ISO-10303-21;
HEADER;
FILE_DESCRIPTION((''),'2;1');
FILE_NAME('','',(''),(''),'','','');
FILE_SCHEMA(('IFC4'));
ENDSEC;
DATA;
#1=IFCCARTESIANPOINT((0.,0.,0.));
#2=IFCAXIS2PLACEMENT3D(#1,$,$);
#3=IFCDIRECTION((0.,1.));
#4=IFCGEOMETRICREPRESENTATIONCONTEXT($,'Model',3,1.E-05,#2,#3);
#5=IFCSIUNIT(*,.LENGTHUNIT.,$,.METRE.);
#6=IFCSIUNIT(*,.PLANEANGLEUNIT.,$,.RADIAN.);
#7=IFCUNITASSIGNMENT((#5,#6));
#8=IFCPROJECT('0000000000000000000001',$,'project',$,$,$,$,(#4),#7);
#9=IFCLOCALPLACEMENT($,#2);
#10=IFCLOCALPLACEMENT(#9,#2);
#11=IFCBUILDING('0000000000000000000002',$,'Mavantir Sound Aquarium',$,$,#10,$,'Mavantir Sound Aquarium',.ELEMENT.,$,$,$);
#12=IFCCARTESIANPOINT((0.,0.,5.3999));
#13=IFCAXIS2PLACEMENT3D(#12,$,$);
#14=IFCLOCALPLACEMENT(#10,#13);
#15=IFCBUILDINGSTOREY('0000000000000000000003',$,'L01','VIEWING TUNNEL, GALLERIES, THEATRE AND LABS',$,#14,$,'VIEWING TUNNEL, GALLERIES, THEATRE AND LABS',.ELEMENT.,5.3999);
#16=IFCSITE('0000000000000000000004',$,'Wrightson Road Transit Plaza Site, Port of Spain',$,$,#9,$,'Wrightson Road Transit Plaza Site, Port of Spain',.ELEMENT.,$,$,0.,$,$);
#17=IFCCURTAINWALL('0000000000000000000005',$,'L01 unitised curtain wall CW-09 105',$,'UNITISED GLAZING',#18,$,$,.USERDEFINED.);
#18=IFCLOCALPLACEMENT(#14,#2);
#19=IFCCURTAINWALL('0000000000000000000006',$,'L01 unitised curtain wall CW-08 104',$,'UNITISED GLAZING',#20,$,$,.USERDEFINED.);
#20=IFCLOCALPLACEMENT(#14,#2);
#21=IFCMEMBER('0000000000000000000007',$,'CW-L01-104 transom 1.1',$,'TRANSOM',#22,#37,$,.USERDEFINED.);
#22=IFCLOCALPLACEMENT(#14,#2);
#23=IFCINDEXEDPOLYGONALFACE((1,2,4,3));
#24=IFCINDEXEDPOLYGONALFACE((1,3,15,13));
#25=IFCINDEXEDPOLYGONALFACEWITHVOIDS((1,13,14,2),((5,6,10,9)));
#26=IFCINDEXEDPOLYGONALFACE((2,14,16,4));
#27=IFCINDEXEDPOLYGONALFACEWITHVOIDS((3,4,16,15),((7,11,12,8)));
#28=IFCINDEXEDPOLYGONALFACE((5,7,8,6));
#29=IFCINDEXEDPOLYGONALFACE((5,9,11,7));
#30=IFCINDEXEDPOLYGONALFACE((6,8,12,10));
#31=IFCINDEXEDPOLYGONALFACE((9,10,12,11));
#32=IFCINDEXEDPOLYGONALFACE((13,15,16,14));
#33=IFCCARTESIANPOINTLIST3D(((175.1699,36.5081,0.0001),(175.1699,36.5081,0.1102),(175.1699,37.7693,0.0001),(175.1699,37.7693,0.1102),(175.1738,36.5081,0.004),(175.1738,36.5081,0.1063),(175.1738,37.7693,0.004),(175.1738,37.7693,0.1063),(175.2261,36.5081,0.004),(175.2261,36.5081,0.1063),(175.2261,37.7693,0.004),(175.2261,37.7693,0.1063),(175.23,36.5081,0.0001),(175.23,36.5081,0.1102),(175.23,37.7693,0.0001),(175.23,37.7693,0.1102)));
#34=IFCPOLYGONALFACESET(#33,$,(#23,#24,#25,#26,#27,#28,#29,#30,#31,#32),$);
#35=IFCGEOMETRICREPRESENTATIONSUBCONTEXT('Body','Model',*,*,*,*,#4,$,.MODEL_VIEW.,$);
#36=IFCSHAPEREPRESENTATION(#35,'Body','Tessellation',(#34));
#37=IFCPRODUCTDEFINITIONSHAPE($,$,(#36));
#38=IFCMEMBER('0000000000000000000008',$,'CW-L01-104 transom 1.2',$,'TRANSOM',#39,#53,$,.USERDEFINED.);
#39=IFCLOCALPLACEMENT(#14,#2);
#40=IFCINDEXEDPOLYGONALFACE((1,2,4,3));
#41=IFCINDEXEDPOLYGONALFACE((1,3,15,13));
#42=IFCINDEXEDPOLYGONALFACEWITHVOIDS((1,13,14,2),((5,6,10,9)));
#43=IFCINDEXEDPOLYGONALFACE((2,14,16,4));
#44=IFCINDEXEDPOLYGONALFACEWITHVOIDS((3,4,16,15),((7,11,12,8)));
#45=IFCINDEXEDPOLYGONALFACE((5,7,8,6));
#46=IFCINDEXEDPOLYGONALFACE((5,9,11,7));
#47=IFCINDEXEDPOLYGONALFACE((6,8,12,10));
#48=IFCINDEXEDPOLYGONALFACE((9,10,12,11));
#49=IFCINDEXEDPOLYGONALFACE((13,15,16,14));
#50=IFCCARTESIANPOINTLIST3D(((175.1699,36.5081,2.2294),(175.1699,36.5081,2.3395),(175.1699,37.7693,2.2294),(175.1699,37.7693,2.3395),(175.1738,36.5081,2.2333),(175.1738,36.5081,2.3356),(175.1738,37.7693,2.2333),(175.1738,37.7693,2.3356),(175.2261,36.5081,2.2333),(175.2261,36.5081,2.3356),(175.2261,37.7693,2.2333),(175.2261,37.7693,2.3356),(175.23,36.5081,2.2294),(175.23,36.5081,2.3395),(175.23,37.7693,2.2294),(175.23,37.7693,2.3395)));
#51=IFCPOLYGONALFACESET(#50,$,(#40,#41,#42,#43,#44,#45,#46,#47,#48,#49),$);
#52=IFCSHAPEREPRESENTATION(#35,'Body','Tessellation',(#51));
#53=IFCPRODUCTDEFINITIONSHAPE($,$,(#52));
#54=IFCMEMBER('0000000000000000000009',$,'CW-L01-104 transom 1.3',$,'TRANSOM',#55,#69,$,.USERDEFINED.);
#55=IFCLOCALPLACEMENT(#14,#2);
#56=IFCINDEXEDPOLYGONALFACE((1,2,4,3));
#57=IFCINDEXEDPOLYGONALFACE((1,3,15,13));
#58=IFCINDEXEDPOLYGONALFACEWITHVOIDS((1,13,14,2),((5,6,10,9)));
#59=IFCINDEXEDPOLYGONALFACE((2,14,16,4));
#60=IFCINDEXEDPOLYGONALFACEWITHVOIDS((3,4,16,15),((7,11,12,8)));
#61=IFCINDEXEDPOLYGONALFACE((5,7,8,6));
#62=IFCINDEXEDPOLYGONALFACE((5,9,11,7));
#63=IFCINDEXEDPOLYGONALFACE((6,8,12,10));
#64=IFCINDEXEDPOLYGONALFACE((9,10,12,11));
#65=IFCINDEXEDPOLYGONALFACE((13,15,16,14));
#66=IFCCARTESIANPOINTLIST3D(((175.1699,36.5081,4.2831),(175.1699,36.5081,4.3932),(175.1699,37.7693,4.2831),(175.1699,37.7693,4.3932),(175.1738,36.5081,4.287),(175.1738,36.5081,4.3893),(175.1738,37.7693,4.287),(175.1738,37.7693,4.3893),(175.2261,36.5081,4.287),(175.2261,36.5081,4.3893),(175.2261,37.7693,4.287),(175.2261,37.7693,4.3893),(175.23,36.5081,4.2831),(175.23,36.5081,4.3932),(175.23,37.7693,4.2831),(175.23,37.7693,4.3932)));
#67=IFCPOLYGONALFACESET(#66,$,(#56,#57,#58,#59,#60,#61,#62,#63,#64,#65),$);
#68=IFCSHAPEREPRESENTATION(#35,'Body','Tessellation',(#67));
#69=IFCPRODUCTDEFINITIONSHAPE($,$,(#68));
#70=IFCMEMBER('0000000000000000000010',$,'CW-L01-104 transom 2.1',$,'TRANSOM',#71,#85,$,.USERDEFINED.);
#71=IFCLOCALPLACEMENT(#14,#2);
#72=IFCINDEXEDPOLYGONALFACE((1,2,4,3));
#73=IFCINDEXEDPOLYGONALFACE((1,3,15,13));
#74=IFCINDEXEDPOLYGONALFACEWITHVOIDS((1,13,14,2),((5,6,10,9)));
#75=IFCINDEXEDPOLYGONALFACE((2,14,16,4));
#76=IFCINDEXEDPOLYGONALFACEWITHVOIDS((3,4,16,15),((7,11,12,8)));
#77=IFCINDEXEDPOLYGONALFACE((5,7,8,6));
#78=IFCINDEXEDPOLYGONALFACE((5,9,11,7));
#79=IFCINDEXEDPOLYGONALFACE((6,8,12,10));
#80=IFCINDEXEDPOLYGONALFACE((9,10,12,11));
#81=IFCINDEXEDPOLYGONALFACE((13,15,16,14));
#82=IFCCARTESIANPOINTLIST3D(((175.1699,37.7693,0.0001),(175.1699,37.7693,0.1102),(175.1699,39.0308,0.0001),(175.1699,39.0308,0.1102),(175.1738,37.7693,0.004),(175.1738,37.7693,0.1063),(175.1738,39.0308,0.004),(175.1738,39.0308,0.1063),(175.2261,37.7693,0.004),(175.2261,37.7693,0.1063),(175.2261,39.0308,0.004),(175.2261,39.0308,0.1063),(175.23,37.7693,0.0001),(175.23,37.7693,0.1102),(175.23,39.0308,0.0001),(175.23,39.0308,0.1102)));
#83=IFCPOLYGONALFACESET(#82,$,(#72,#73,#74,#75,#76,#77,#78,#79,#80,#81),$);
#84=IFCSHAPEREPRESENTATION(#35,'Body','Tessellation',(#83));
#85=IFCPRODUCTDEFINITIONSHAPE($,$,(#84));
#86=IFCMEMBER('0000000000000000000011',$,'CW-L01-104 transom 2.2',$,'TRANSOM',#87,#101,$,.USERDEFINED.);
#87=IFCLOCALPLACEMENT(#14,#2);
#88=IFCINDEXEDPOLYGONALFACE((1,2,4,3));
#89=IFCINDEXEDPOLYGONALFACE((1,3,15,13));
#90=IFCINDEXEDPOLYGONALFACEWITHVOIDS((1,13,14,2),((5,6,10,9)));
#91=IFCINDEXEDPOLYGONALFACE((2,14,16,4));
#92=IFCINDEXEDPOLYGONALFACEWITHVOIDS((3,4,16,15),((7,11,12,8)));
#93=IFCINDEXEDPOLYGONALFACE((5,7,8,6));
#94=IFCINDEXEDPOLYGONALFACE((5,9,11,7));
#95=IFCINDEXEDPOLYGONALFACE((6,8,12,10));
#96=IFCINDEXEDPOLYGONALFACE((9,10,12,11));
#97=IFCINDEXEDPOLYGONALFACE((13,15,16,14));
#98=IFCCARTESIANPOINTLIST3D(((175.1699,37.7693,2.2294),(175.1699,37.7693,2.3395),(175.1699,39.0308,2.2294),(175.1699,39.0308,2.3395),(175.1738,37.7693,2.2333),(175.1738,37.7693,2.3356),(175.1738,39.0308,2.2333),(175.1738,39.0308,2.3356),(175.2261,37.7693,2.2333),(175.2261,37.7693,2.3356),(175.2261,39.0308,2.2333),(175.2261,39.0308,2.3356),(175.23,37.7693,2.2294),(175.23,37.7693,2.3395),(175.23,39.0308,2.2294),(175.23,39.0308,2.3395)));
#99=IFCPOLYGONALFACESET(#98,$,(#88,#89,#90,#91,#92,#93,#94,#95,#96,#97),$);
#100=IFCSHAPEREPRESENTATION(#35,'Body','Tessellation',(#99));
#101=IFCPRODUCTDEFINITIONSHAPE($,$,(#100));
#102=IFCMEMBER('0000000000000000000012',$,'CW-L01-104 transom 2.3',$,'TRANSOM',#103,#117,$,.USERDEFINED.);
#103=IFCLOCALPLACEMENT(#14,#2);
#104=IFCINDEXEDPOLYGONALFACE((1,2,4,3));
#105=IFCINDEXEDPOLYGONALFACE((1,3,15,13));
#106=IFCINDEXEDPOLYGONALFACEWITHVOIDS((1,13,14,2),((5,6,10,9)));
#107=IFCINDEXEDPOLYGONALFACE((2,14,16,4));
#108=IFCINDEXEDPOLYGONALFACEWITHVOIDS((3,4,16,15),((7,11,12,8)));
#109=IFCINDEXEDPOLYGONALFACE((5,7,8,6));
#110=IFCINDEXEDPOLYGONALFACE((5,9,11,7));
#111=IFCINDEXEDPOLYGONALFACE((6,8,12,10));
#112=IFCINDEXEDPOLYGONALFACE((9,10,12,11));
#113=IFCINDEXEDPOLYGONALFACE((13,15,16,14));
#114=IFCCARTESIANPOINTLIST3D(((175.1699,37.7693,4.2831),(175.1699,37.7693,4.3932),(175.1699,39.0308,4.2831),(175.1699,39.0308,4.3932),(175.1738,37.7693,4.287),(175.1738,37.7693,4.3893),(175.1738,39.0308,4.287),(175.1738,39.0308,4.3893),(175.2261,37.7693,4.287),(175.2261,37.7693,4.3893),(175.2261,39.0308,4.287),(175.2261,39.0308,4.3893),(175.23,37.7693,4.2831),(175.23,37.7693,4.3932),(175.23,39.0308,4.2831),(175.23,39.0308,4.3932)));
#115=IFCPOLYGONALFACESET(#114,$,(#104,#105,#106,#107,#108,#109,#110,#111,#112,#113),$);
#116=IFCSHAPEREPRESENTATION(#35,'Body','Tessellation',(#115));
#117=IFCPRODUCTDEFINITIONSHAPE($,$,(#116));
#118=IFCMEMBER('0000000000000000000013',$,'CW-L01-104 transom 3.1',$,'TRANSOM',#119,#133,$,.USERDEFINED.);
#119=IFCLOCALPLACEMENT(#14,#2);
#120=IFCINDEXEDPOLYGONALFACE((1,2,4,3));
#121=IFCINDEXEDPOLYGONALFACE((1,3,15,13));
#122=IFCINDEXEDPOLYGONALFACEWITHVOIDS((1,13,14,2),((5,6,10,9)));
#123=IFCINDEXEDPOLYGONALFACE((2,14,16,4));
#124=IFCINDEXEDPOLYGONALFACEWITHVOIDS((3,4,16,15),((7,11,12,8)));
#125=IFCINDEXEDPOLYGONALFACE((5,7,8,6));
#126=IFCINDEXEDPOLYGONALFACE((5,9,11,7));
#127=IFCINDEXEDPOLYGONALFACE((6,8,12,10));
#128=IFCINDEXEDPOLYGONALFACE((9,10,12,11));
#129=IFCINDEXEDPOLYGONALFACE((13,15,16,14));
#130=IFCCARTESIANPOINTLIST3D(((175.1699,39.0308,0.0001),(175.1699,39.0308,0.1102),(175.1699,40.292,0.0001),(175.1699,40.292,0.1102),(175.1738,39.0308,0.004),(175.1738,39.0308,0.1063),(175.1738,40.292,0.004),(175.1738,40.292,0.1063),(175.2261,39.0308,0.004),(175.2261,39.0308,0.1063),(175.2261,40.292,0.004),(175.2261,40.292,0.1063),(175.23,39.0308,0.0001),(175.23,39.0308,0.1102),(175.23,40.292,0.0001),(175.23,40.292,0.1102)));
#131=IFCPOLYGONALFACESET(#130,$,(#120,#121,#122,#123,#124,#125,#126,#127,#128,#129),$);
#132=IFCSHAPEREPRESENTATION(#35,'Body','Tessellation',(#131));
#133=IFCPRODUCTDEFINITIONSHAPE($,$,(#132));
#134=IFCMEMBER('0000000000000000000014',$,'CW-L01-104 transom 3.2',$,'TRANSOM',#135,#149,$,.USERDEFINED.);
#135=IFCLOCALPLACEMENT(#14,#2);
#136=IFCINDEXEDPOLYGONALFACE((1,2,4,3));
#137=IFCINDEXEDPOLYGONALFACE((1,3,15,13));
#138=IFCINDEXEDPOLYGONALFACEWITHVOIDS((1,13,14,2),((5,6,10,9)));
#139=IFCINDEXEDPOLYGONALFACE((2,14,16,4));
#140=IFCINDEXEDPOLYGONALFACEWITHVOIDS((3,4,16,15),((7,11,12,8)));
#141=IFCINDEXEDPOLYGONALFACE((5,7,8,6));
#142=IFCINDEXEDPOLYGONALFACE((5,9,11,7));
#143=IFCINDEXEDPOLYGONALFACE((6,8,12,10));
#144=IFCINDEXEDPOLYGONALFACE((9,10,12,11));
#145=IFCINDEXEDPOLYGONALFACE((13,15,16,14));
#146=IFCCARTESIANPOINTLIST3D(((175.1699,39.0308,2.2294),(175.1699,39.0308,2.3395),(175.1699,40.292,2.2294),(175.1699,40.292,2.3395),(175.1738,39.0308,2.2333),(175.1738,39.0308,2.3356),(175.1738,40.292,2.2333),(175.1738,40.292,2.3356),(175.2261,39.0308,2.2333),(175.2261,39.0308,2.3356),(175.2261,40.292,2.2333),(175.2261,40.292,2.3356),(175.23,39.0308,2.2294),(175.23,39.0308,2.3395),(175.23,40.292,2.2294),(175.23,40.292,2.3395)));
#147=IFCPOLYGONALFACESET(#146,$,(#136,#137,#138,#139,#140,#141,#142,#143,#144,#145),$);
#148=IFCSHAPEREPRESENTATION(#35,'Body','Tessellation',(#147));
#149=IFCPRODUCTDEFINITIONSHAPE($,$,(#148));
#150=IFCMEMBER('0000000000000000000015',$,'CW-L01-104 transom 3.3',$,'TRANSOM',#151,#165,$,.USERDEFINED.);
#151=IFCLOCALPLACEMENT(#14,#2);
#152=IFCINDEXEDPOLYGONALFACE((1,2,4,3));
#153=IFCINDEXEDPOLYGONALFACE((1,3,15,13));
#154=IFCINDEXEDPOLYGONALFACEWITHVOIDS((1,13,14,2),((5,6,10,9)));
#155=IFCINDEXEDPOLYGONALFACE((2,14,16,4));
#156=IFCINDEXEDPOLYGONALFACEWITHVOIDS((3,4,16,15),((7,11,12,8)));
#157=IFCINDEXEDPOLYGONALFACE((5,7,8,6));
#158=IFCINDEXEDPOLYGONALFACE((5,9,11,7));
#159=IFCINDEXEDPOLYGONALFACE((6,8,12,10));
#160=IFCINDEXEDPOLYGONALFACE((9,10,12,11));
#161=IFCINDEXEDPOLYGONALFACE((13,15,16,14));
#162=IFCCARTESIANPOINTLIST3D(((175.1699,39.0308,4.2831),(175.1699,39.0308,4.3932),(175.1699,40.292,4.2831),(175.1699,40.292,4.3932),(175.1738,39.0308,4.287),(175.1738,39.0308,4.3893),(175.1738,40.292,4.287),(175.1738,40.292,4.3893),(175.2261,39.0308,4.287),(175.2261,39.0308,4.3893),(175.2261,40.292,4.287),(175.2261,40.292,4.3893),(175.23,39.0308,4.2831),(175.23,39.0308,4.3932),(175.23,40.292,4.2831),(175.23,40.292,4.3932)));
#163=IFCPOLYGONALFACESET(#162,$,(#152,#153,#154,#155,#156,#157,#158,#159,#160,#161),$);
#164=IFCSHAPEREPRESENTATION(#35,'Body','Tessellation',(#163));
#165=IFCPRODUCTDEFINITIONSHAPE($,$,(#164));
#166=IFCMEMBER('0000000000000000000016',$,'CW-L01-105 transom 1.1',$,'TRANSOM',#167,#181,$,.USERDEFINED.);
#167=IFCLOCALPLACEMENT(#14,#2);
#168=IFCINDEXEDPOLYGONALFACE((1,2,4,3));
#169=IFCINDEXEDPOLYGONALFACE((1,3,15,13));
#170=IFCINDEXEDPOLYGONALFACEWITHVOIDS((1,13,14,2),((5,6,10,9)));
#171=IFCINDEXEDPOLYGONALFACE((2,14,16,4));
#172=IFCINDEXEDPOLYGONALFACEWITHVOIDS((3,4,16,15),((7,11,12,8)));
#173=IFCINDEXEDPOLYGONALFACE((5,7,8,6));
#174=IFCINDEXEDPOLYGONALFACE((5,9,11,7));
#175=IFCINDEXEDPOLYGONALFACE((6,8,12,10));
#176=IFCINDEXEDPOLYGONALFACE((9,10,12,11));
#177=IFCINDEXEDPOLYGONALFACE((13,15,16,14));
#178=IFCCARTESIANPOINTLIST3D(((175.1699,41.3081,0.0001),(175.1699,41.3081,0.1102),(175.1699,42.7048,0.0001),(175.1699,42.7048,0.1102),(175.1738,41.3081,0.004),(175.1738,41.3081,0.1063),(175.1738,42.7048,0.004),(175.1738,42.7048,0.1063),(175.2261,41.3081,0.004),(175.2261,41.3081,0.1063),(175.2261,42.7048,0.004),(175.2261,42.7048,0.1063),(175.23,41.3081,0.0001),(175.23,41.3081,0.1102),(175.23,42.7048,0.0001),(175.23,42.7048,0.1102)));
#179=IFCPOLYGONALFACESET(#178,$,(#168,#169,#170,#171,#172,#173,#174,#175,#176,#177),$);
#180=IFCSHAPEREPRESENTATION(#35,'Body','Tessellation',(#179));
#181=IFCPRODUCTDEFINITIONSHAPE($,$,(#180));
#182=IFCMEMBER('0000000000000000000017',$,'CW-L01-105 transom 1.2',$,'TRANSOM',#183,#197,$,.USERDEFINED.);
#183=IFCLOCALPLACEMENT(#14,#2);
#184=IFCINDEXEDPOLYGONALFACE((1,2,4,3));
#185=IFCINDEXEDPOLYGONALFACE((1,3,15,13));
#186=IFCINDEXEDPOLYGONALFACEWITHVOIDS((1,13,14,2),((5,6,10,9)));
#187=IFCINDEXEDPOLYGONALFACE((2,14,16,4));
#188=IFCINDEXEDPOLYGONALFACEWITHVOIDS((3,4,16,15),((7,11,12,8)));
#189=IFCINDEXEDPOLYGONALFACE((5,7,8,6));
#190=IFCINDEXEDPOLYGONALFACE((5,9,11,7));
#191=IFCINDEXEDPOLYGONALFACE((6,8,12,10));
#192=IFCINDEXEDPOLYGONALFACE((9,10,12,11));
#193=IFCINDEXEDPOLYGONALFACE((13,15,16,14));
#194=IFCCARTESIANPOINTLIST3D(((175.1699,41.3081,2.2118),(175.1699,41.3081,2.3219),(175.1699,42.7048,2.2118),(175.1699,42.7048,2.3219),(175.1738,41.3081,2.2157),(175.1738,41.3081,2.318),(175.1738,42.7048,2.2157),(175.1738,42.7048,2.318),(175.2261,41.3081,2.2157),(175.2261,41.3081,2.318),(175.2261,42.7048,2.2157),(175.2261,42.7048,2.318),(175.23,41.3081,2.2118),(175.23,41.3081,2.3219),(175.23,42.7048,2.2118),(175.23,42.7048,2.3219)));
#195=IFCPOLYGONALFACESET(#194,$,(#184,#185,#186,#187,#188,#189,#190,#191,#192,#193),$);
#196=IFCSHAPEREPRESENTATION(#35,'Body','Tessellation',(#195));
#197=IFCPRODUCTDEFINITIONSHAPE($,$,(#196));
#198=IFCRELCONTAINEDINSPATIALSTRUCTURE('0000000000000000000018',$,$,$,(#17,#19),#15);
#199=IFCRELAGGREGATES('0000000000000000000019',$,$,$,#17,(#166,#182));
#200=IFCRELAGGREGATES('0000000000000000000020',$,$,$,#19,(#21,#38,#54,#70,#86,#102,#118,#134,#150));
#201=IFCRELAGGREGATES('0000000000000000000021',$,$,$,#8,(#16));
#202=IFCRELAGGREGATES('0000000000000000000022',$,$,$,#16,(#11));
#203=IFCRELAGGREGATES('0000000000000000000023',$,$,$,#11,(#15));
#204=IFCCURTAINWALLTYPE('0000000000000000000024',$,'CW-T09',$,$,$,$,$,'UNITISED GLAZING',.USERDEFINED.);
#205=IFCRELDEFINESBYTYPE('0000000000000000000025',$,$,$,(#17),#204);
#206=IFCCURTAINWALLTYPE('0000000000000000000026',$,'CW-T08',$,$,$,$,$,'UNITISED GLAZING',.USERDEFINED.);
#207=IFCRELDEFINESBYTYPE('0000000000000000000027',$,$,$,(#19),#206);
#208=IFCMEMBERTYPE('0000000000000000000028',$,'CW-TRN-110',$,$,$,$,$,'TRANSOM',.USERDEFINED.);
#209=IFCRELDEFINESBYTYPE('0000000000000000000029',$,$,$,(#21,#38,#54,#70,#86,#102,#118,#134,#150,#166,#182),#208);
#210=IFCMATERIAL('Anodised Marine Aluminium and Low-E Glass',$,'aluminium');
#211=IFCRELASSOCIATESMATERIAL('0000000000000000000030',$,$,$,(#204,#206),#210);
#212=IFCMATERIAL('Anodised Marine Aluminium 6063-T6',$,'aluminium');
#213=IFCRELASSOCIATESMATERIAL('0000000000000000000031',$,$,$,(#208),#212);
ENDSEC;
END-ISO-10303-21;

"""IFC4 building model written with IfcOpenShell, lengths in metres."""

from ifc_helpers import new_model, si_unit, direction, frame, origin, origin_2d, place, context, subcontext, project, spatial, hollow_rectangle, extrude, material, material_profile, profile_set, type_object, element, aggregate, save


model = new_model("IFC4")

# Units and contexts
model_context = context("Model", 3, precision=1e-05, world=origin(), true_north=direction((0.0, 1.0)))
body_context = subcontext(model_context, "Body", "Model", "MODEL_VIEW")
ifc_project = project(units=[si_unit("LENGTHUNIT", "METRE"), si_unit("PLANEANGLEUNIT", "RADIAN")], contexts=[model_context])

# Site, building, storey
site_placement = place(None, origin())
site = spatial("IfcSite", under=ifc_project, at=site_placement, Name="Wrightson Road Transit Plaza Site, Port of Spain", LongName="Wrightson Road Transit Plaza Site, Port of Spain", CompositionType="ELEMENT", RefElevation=0.0)
building_placement = place(site_placement, origin())
building = spatial("IfcBuilding", under=site, at=building_placement, Name="Mavantir Sound Aquarium", LongName="Mavantir Sound Aquarium", CompositionType="ELEMENT")
storey_placement = place(building_placement, frame((0.0, 0.0, 5.3999)))
storey = spatial("IfcBuildingStorey", under=building, at=storey_placement, Name="L01", Description="VIEWING TUNNEL, GALLERIES, THEATRE AND LABS", LongName="VIEWING TUNNEL, GALLERIES, THEATRE AND LABS", CompositionType="ELEMENT", Elevation=5.3999)

# Curtain walls, members
ifc_material_1 = material(Name="Anodised Marine Aluminium and Low-E Glass", Category="aluminium")
curtain_wall_type_1 = type_object("IfcCurtainWallType", Name="CW-T09", ElementType="UNITISED GLAZING", PredefinedType="USERDEFINED", material=ifc_material_1)
curtain_wall_1_placement = place(storey_placement, origin())
curtain_wall_1 = element("IfcCurtainWall", 1, at=curtain_wall_1_placement, inside=storey, type_object=curtain_wall_type_1, Name="L01 unitised curtain wall CW-09 105", ObjectType="UNITISED GLAZING", PredefinedType="USERDEFINED")
ifc_material_2 = material(Name="Anodised Marine Aluminium 6063-T6", Category="aluminium")
curtain_wall_type_2 = type_object("IfcCurtainWallType", Name="CW-T08", ElementType="UNITISED GLAZING", PredefinedType="USERDEFINED", material=ifc_material_1)
curtain_wall_2_placement = place(storey_placement, origin())
curtain_wall_2 = element("IfcCurtainWall", 2, at=curtain_wall_2_placement, inside=storey, type_object=curtain_wall_type_2, Name="L01 unitised curtain wall CW-08 104", ObjectType="UNITISED GLAZING", PredefinedType="USERDEFINED")
ifc_material_profile_1 = material_profile(ifc_material_2, hollow_rectangle(XDim=0.0601, YDim=0.1101, WallThickness=0.0039, at=origin_2d()), Name="ALU-TRANSOM-110X60")
ifc_profile_set_1 = profile_set([ifc_material_profile_1], Name="Anodised Marine Aluminium 6063-T6")
member_type_1 = type_object("IfcMemberType", Name="CW-TRN-110", ElementType="TRANSOM", PredefinedType="USERDEFINED", material=ifc_profile_set_1)
member_1_placement = place(storey_placement, frame((175.2, 36.5081, 0.0552), z_axis=(0.0, 1.0, 0.0), x_axis=(-1.0, 0.0, 0.0)))
member_1 = element("IfcMember", 3, at=member_1_placement, type_object=member_type_1, Name="CW-L01-104 transom 1.1", ObjectType="TRANSOM", PredefinedType="USERDEFINED", context=body_context, shape_type="SweptSolid", body=[
    extrude(hollow_rectangle(XDim=0.0601, YDim=0.1101, WallThickness=0.0039, at=origin_2d()), origin(), (0.0, 0.0, 1.0), 1.2612),
])
member_2_placement = place(storey_placement, frame((175.2, 36.5081, 2.2844), z_axis=(0.0, 1.0, 0.0), x_axis=(-1.0, 0.0, 0.0)))
member_2 = element("IfcMember", 4, at=member_2_placement, type_object=member_type_1, Name="CW-L01-104 transom 1.2", ObjectType="TRANSOM", PredefinedType="USERDEFINED", context=body_context, shape_type="SweptSolid", body=[
    extrude(hollow_rectangle(XDim=0.0601, YDim=0.1101, WallThickness=0.0039, at=origin_2d()), origin(), (0.0, 0.0, 1.0), 1.2612),
])
member_3_placement = place(storey_placement, frame((175.2, 36.5081, 4.3381), z_axis=(0.0, 1.0, 0.0), x_axis=(-1.0, 0.0, 0.0)))
member_3 = element("IfcMember", 5, at=member_3_placement, type_object=member_type_1, Name="CW-L01-104 transom 1.3", ObjectType="TRANSOM", PredefinedType="USERDEFINED", context=body_context, shape_type="SweptSolid", body=[
    extrude(hollow_rectangle(XDim=0.0601, YDim=0.1101, WallThickness=0.0039, at=origin_2d()), origin(), (0.0, 0.0, 1.0), 1.2612),
])
member_4_placement = place(storey_placement, frame((175.2, 37.7693, 0.0552), z_axis=(0.0, 1.0, 0.0), x_axis=(-1.0, 0.0, 0.0)))
member_4 = element("IfcMember", 6, at=member_4_placement, type_object=member_type_1, Name="CW-L01-104 transom 2.1", ObjectType="TRANSOM", PredefinedType="USERDEFINED", context=body_context, shape_type="SweptSolid", body=[
    extrude(hollow_rectangle(XDim=0.0601, YDim=0.1101, WallThickness=0.0039, at=origin_2d()), origin(), (0.0, 0.0, 1.0), 1.2615),
])
member_5_placement = place(storey_placement, frame((175.2, 37.7693, 2.2844), z_axis=(0.0, 1.0, 0.0), x_axis=(-1.0, 0.0, 0.0)))
member_5 = element("IfcMember", 7, at=member_5_placement, type_object=member_type_1, Name="CW-L01-104 transom 2.2", ObjectType="TRANSOM", PredefinedType="USERDEFINED", context=body_context, shape_type="SweptSolid", body=[
    extrude(hollow_rectangle(XDim=0.0601, YDim=0.1101, WallThickness=0.0039, at=origin_2d()), origin(), (0.0, 0.0, 1.0), 1.2615),
])
member_6_placement = place(storey_placement, frame((175.2, 37.7693, 4.3381), z_axis=(0.0, 1.0, 0.0), x_axis=(-1.0, 0.0, 0.0)))
member_6 = element("IfcMember", 8, at=member_6_placement, type_object=member_type_1, Name="CW-L01-104 transom 2.3", ObjectType="TRANSOM", PredefinedType="USERDEFINED", context=body_context, shape_type="SweptSolid", body=[
    extrude(hollow_rectangle(XDim=0.0601, YDim=0.1101, WallThickness=0.0039, at=origin_2d()), origin(), (0.0, 0.0, 1.0), 1.2615),
])
member_7_placement = place(storey_placement, frame((175.2, 39.0308, 0.0552), z_axis=(0.0, 1.0, 0.0), x_axis=(-1.0, 0.0, 0.0)))
member_7 = element("IfcMember", 9, at=member_7_placement, type_object=member_type_1, Name="CW-L01-104 transom 3.1", ObjectType="TRANSOM", PredefinedType="USERDEFINED", context=body_context, shape_type="SweptSolid", body=[
    extrude(hollow_rectangle(XDim=0.0601, YDim=0.1101, WallThickness=0.0039, at=origin_2d()), origin(), (0.0, 0.0, 1.0), 1.2612),
])
member_8_placement = place(storey_placement, frame((175.2, 39.0308, 2.2844), z_axis=(0.0, 1.0, 0.0), x_axis=(-1.0, 0.0, 0.0)))
member_8 = element("IfcMember", 10, at=member_8_placement, type_object=member_type_1, Name="CW-L01-104 transom 3.2", ObjectType="TRANSOM", PredefinedType="USERDEFINED", context=body_context, shape_type="SweptSolid", body=[
    extrude(hollow_rectangle(XDim=0.0601, YDim=0.1101, WallThickness=0.0039, at=origin_2d()), origin(), (0.0, 0.0, 1.0), 1.2612),
])
member_9_placement = place(storey_placement, frame((175.2, 39.0308, 4.3381), z_axis=(0.0, 1.0, 0.0), x_axis=(-1.0, 0.0, 0.0)))
member_9 = element("IfcMember", 11, at=member_9_placement, type_object=member_type_1, Name="CW-L01-104 transom 3.3", ObjectType="TRANSOM", PredefinedType="USERDEFINED", context=body_context, shape_type="SweptSolid", body=[
    extrude(hollow_rectangle(XDim=0.0601, YDim=0.1101, WallThickness=0.0039, at=origin_2d()), origin(), (0.0, 0.0, 1.0), 1.2612),
])

# Members
member_10_placement = place(storey_placement, frame((175.2, 41.3081, 0.0552), z_axis=(0.0, 1.0, 0.0), x_axis=(-1.0, 0.0, 0.0)))
member_10 = element("IfcMember", 12, at=member_10_placement, type_object=member_type_1, Name="CW-L01-105 transom 1.1", ObjectType="TRANSOM", PredefinedType="USERDEFINED", context=body_context, shape_type="SweptSolid", body=[
    extrude(hollow_rectangle(XDim=0.0601, YDim=0.1101, WallThickness=0.0039, at=origin_2d()), origin(), (0.0, 0.0, 1.0), 1.3967),
])
member_11_placement = place(storey_placement, frame((175.2, 41.3081, 2.2668), z_axis=(0.0, 1.0, 0.0), x_axis=(-1.0, 0.0, 0.0)))
member_11 = element("IfcMember", 13, at=member_11_placement, type_object=member_type_1, Name="CW-L01-105 transom 1.2", ObjectType="TRANSOM", PredefinedType="USERDEFINED", context=body_context, shape_type="SweptSolid", body=[
    extrude(hollow_rectangle(XDim=0.0601, YDim=0.1101, WallThickness=0.0039, at=origin_2d()), origin(), (0.0, 0.0, 1.0), 1.3967),
])

aggregate(curtain_wall_1, [member_10, member_11])
aggregate(curtain_wall_2, [member_1, member_2, member_3, member_4, member_5, member_6, member_7, member_8, member_9])

save(model, "model.ifc")
